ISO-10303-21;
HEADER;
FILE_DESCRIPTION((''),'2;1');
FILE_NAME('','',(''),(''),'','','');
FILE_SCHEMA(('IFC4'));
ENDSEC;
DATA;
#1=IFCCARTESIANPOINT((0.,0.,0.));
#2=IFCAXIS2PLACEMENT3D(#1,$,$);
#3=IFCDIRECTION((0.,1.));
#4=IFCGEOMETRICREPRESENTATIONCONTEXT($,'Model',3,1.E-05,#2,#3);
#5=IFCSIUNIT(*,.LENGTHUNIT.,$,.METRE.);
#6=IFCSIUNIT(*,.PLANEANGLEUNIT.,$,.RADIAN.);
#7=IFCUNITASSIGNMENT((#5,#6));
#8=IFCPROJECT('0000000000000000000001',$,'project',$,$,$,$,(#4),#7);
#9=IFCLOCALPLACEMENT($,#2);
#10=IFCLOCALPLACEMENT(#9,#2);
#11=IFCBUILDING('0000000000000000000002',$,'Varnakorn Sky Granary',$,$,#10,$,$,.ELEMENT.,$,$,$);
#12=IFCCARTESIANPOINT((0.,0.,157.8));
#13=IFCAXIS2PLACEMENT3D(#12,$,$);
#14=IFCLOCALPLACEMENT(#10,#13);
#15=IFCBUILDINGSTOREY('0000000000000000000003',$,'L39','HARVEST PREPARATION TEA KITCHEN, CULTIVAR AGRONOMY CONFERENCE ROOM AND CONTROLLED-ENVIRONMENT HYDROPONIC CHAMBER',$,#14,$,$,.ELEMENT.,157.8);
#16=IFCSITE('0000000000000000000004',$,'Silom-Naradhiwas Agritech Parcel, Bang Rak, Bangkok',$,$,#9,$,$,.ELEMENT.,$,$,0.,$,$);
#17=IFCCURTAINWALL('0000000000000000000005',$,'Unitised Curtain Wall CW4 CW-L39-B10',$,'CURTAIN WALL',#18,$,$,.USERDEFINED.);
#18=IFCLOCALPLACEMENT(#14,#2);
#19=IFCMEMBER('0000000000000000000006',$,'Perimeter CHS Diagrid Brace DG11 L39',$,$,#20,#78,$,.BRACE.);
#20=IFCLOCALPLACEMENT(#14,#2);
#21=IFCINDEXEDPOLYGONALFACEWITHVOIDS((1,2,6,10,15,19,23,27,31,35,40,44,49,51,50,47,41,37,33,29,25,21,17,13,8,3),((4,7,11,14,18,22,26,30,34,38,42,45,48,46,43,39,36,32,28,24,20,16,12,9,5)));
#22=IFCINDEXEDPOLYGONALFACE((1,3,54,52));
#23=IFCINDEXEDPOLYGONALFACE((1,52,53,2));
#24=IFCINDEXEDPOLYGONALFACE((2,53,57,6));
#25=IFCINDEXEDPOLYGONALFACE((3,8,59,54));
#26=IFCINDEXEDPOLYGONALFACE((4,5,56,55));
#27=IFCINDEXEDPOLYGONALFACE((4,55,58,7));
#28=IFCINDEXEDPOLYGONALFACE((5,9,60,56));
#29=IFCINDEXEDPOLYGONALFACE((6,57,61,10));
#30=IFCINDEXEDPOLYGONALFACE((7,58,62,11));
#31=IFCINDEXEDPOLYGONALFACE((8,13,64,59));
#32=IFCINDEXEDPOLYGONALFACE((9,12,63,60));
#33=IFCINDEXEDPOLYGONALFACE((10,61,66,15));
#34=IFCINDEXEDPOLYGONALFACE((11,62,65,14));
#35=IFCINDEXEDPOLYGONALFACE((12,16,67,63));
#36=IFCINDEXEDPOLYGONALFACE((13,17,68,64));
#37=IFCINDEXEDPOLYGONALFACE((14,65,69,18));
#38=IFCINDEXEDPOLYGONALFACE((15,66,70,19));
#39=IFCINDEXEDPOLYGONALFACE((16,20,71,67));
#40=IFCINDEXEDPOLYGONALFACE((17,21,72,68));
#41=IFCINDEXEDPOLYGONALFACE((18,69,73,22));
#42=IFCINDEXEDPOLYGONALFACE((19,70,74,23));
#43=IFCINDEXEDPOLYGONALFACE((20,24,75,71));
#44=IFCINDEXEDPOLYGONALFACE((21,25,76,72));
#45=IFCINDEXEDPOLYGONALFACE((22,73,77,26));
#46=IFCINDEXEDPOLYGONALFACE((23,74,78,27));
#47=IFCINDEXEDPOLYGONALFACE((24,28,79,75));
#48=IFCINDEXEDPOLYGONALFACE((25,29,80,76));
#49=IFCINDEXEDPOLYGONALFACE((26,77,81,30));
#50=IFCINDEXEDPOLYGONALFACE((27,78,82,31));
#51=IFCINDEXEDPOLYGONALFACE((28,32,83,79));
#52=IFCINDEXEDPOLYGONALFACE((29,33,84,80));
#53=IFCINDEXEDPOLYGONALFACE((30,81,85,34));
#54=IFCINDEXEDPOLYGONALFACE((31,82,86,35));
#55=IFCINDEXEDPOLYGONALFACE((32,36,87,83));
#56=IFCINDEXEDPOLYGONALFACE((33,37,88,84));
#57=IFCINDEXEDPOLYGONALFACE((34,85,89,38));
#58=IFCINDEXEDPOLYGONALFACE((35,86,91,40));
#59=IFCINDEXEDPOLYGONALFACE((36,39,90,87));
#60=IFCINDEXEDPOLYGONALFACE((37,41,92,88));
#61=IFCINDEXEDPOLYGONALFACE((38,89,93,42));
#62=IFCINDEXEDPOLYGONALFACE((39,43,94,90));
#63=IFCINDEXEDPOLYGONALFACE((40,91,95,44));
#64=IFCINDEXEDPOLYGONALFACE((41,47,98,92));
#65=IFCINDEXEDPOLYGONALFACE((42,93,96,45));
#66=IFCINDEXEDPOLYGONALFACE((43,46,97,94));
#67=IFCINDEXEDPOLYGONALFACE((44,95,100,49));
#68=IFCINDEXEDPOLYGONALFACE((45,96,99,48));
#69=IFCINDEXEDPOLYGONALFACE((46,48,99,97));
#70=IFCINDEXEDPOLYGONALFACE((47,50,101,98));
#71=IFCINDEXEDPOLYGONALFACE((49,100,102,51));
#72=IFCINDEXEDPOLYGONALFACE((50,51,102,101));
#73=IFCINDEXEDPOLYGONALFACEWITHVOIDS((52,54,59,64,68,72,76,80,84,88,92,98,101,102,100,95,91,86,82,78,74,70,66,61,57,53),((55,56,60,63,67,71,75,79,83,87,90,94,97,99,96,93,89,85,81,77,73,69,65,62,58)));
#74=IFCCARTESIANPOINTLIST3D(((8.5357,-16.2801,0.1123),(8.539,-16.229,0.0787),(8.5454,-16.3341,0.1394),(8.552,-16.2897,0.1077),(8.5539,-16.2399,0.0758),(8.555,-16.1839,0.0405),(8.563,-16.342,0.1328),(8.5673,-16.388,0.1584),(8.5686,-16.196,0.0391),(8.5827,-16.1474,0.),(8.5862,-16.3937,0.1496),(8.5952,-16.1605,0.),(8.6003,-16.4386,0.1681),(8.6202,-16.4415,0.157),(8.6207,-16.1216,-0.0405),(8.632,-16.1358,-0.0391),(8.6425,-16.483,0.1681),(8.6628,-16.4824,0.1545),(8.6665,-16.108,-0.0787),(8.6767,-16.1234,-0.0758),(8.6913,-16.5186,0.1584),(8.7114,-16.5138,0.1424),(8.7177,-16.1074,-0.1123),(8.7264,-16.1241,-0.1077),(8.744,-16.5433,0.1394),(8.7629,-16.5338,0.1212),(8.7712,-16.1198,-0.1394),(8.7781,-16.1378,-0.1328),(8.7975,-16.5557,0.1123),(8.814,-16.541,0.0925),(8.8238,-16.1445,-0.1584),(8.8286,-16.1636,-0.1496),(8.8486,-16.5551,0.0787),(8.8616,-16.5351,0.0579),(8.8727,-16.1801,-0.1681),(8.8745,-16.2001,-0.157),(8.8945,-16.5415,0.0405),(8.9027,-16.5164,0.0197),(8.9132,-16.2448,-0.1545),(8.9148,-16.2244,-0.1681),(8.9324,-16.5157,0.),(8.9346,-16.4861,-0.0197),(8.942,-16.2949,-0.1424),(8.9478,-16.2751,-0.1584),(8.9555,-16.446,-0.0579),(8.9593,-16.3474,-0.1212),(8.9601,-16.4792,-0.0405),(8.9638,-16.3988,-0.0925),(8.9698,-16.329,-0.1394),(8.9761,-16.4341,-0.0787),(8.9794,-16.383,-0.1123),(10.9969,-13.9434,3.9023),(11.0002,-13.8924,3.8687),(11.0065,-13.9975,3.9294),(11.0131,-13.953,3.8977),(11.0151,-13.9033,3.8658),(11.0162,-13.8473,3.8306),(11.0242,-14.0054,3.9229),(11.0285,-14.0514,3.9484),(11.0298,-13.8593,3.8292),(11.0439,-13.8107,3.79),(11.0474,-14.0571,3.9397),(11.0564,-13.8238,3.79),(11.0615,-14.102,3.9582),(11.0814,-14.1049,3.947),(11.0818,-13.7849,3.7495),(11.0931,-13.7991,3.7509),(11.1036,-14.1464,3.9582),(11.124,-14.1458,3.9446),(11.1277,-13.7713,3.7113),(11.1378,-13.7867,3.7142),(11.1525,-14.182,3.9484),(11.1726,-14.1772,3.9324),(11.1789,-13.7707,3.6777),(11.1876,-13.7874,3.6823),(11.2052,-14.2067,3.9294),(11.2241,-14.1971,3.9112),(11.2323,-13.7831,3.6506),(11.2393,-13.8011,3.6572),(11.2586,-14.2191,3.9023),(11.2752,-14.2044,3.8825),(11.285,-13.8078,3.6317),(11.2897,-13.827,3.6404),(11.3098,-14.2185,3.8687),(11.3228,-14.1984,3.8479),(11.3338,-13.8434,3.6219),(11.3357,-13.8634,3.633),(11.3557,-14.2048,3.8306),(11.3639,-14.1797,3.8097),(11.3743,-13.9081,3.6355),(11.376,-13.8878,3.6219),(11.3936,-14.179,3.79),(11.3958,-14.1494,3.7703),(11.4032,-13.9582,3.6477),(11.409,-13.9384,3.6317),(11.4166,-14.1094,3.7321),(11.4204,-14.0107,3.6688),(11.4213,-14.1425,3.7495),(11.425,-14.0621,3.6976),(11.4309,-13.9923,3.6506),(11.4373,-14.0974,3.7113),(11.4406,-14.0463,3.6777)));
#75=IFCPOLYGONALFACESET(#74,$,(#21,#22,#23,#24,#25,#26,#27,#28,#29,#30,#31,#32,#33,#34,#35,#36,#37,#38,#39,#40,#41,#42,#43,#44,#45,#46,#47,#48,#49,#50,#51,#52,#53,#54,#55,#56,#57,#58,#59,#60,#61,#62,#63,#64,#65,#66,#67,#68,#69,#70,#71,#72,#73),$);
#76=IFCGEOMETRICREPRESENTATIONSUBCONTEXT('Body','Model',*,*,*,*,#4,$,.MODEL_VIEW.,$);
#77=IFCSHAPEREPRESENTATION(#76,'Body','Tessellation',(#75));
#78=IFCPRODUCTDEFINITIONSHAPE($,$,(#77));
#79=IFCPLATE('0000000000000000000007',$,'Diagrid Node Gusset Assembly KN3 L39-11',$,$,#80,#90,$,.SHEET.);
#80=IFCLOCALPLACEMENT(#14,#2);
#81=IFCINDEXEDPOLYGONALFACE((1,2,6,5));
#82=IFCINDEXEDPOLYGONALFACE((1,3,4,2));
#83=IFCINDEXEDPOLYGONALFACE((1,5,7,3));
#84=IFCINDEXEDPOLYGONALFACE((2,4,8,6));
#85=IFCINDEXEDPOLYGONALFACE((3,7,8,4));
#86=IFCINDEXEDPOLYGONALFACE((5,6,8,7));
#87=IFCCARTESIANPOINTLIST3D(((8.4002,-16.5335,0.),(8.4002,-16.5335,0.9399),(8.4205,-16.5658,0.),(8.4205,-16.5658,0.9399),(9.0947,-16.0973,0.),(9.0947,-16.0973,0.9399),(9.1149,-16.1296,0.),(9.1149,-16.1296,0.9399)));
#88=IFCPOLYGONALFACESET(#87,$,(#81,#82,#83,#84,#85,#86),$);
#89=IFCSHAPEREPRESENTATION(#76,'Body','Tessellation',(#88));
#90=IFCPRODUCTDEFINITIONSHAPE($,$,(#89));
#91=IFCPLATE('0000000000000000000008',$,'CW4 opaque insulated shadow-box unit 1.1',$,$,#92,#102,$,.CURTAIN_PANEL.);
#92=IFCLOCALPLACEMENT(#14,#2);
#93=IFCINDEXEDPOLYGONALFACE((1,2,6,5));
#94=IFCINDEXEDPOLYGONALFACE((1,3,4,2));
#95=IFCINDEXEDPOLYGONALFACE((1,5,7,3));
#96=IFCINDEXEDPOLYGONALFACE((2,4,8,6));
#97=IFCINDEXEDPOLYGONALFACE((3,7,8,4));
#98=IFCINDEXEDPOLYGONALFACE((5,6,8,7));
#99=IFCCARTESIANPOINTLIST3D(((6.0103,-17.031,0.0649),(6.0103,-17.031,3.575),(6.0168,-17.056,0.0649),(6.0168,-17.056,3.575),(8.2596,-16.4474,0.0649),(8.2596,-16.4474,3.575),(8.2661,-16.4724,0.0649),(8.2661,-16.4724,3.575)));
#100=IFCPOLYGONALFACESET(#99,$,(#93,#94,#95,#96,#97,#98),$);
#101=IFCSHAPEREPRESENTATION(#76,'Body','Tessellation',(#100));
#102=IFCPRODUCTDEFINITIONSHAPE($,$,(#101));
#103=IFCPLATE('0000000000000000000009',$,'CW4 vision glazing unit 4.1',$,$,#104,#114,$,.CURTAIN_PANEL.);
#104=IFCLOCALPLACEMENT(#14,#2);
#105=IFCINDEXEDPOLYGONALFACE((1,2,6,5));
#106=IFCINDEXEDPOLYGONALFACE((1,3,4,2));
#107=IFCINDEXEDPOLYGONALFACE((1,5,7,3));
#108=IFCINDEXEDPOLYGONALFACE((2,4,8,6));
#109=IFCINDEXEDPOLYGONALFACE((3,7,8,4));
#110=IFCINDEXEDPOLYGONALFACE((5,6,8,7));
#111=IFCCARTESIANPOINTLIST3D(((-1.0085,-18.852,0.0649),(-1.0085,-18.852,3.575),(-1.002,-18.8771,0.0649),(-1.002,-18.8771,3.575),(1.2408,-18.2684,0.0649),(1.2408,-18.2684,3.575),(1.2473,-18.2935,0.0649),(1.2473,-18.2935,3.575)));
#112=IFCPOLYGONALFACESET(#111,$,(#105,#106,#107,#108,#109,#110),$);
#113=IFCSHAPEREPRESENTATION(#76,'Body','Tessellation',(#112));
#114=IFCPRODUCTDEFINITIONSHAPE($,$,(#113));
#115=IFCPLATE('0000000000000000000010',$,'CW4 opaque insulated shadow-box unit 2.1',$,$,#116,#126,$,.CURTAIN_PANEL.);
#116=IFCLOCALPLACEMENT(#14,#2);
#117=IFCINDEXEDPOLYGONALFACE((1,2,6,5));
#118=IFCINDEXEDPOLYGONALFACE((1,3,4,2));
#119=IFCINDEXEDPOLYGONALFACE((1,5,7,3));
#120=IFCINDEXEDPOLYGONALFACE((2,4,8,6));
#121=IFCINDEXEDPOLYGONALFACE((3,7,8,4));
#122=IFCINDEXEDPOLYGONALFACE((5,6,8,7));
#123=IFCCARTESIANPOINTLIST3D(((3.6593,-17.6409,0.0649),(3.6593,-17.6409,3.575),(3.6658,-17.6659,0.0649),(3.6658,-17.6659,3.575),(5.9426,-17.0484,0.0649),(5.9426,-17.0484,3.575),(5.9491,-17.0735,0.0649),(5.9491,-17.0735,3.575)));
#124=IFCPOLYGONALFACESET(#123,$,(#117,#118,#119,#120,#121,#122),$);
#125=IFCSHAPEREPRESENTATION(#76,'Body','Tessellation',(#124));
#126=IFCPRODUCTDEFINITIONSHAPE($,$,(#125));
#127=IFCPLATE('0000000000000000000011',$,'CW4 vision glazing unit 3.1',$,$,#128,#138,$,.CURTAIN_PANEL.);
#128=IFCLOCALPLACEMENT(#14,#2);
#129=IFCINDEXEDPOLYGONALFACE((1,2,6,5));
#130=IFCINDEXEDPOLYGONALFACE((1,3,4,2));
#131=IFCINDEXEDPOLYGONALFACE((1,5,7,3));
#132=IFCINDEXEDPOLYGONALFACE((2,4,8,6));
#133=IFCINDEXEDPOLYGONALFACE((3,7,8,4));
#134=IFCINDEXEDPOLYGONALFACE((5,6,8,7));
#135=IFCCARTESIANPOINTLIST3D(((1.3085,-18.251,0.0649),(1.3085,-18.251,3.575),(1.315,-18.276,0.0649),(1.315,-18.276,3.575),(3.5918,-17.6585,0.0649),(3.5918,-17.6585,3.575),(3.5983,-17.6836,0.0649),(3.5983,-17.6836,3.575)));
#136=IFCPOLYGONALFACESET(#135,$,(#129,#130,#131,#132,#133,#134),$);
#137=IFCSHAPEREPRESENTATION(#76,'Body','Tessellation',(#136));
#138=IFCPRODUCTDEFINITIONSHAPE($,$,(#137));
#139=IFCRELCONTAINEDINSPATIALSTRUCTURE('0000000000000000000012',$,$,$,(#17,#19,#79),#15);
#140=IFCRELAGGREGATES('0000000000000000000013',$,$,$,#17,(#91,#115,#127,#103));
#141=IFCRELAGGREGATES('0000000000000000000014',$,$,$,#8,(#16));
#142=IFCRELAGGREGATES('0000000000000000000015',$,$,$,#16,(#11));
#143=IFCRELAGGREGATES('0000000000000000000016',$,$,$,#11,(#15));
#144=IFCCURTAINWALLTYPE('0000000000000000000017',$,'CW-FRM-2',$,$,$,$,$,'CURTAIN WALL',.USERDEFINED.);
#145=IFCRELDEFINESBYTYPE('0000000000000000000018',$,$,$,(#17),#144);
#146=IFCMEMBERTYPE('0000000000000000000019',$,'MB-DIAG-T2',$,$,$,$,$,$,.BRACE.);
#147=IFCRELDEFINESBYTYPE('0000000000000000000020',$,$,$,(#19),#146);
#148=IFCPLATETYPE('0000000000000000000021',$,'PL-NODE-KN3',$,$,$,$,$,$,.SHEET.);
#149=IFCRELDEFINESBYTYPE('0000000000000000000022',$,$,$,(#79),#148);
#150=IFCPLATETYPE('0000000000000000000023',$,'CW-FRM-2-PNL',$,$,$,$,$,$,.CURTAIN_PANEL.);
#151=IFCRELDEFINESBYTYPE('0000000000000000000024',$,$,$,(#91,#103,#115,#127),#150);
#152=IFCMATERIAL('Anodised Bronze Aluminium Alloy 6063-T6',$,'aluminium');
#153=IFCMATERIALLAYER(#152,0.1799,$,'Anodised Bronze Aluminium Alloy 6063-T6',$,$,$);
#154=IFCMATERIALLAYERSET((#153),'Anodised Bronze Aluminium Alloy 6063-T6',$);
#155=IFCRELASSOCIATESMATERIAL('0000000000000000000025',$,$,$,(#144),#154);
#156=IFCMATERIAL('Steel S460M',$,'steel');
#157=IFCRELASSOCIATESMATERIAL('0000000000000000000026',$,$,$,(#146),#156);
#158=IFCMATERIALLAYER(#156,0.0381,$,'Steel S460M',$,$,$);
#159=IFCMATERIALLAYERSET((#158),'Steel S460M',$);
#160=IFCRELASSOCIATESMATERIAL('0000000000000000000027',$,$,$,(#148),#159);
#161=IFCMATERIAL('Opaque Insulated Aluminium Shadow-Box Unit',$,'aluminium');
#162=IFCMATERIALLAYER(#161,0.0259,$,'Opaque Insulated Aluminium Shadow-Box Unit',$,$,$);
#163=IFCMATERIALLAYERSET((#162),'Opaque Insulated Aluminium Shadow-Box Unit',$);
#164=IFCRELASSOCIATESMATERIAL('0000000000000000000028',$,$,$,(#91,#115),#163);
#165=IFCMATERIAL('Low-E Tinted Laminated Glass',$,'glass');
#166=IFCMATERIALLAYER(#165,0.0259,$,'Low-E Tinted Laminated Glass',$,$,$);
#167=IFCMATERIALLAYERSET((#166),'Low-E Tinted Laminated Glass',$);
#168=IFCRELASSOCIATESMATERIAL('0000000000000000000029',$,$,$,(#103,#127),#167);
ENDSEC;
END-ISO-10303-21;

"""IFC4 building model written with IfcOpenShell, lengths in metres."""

from ifc_helpers import new_model, si_unit, direction, frame, origin, origin_2d, place, context, subcontext, project, spatial, rectangle, hollow_circle, extrude, source, transform, mapped, material, layer, layer_set, material_profile, profile_set, type_object, type_shapes, element, aggregate, save


model = new_model("IFC4")

# Units and contexts
model_context = context("Model", 3, precision=1e-05, world=origin(), true_north=direction((0.0, 1.0)))
body_context = subcontext(model_context, "Body", "Model", "MODEL_VIEW")
ifc_project = project(units=[si_unit("LENGTHUNIT", "METRE"), si_unit("PLANEANGLEUNIT", "RADIAN")], contexts=[model_context])

# Site, building, storey
site_placement = place(None, origin())
site = spatial("IfcSite", under=ifc_project, at=site_placement, Name="Silom-Naradhiwas Agritech Parcel, Bang Rak, Bangkok", CompositionType="ELEMENT", RefElevation=0.0)
building_placement = place(site_placement, origin())
building = spatial("IfcBuilding", under=site, at=building_placement, Name="Varnakorn Sky Granary", CompositionType="ELEMENT")
storey_placement = place(building_placement, frame((0.0, 0.0, 157.8)))
storey = spatial("IfcBuildingStorey", under=building, at=storey_placement, Name="L39", Description="HARVEST PREPARATION TEA KITCHEN, CULTIVAR AGRONOMY CONFERENCE ROOM AND CONTROLLED-ENVIRONMENT HYDROPONIC CHAMBER", CompositionType="ELEMENT", Elevation=157.8)

# Shared definitions
ifc_material_1 = material(Name="Steel S460M", Category="steel")

# Curtain wall
ifc_material_2 = material(Name="Anodised Bronze Aluminium Alloy 6063-T6", Category="aluminium")
ifc_layer_1 = layer(ifc_material_2, 0.1799, Name="Anodised Bronze Aluminium Alloy 6063-T6")
ifc_layer_set_1 = layer_set([ifc_layer_1], Name="Anodised Bronze Aluminium Alloy 6063-T6")
curtain_wall_type = type_object("IfcCurtainWallType", Name="CW-FRM-2", ElementType="CURTAIN WALL", PredefinedType="USERDEFINED", material=ifc_layer_set_1)
curtain_wall_placement = place(storey_placement, origin())
curtain_wall = element("IfcCurtainWall", 1, at=curtain_wall_placement, inside=storey, type_object=curtain_wall_type, Name="Unitised Curtain Wall CW4 CW-L39-B10", ObjectType="CURTAIN WALL", PredefinedType="USERDEFINED")

# Member
ifc_material_profile_1 = material_profile(ifc_material_1, hollow_circle(Radius=0.2539, WallThickness=0.0181, at=origin_2d()), Name="CHS 508x18")
ifc_profile_set_1 = profile_set([ifc_material_profile_1], Name="Steel S460M")
member_type_1 = type_object("IfcMemberType", Name="MB-DIAG-T2", PredefinedType="BRACE", material=ifc_profile_set_1)
member_1_placement = place(storey_placement, frame((8.7576, -16.3315, 0.0), z_axis=(0.483778, 0.459304, 0.744983), x_axis=(-0.688524, 0.725213, 0.0)))
element("IfcMember", 2, at=member_1_placement, inside=storey, type_object=member_type_1, Name="Perimeter CHS Diagrid Brace DG11 L39", PredefinedType="BRACE", context=body_context, shape_type="SweptSolid", body=[
    extrude(hollow_circle(Radius=0.2539, WallThickness=0.0181, at=origin_2d()), origin(), (0.0, 0.0, 1.0), 5.0874),
])

# Plates
ifc_layer_2 = layer(ifc_material_1, 0.0381, Name="Steel S460M")
ifc_layer_set_2 = layer_set([ifc_layer_2], Name="Steel S460M")
plate_type_1 = type_object("IfcPlateType", Name="PL-NODE-KN3", PredefinedType="SHEET", material=ifc_layer_set_2)
plate_1_placement = place(storey_placement, frame((8.7576, -16.3315, 0.0), z_axis=(0.0, 0.0, 1.0), x_axis=(0.846824, 0.531874, 0.0)))
element("IfcPlate", 3, at=plate_1_placement, inside=storey, type_object=plate_type_1, Name="Diagrid Node Gusset Assembly KN3 L39-11", PredefinedType="SHEET", context=body_context, shape_type="SweptSolid", body=[
    extrude(rectangle(XDim=0.8201, YDim=0.0381, at=origin_2d()), origin(), (0.0, 0.0, 1.0), 0.9399),
])
ifc_material_3 = material(Name="Opaque Insulated Aluminium Shadow-Box Unit", Category="aluminium")
ifc_layer_3 = layer(ifc_material_3, 0.0259, Name="Opaque Insulated Aluminium Shadow-Box Unit")
ifc_layer_set_3 = layer_set([ifc_layer_3], Name="Opaque Insulated Aluminium Shadow-Box Unit")
plate_type_2 = type_object("IfcPlateType", Name="CW-FRM-2-PNL", PredefinedType="CURTAIN_PANEL")
shared_shape_1 = source(origin(), body_context, "Body", "SweptSolid", [
    extrude(rectangle(XDim=2.3237, YDim=0.0259, at=origin_2d()), origin(), (0.0, 0.0, 1.0), 3.51),
])
plate_2_placement = place(storey_placement, frame((7.1382, -16.7517, 0.0649), z_axis=(0.0, 0.0, 1.0), x_axis=(-0.967949, -0.251146, 0.0)))
plate_2 = element("IfcPlate", 4, at=plate_2_placement, type_object=plate_type_2, material=ifc_layer_set_3, Name="CW4 opaque insulated shadow-box unit 1.1", PredefinedType="CURTAIN_PANEL", context=body_context, shape_type="MappedRepresentation", body=[
    mapped(shared_shape_1, transform((0.0, 0.0, 0.0), x_axis=(1.0, 0.0, 0.0), y_axis=(0.0, 1.0, 0.0), z_axis=(0.0, 0.0, 1.0), scale=1.0)),
])
ifc_material_4 = material(Name="Low-E Tinted Laminated Glass", Category="glass")
ifc_layer_4 = layer(ifc_material_4, 0.0259, Name="Low-E Tinted Laminated Glass")
ifc_layer_set_4 = layer_set([ifc_layer_4], Name="Low-E Tinted Laminated Glass")
plate_3_placement = place(storey_placement, frame((0.1194, -18.5728, 0.0649), z_axis=(0.0, 0.0, 1.0), x_axis=(-0.967949, -0.251146, 0.0)))
plate_3 = element("IfcPlate", 5, at=plate_3_placement, type_object=plate_type_2, material=ifc_layer_set_4, Name="CW4 vision glazing unit 4.1", PredefinedType="CURTAIN_PANEL", context=body_context, shape_type="MappedRepresentation", body=[
    mapped(shared_shape_1, transform((0.0, 0.0, 0.0), x_axis=(1.0, 0.0, 0.0), y_axis=(0.0, 1.0, 0.0), z_axis=(0.0, 0.0, 1.0), scale=1.0)),
])
shared_shape_2 = source(origin(), body_context, "Body", "SweptSolid", [
    extrude(rectangle(XDim=2.3589, YDim=0.0259, at=origin_2d()), origin(), (0.0, 0.0, 1.0), 3.51),
])
type_shapes(plate_type_2, [shared_shape_1, shared_shape_2])
plate_4_placement = place(storey_placement, frame((4.8042, -17.3572, 0.0649), z_axis=(0.0, 0.0, 1.0), x_axis=(-0.967949, -0.251146, 0.0)))
plate_4 = element("IfcPlate", 6, at=plate_4_placement, type_object=plate_type_2, material=ifc_layer_set_3, Name="CW4 opaque insulated shadow-box unit 2.1", PredefinedType="CURTAIN_PANEL", context=body_context, shape_type="MappedRepresentation", body=[
    mapped(shared_shape_2, transform((0.0, 0.0, 0.0), x_axis=(1.0, 0.0, 0.0), y_axis=(0.0, 1.0, 0.0), z_axis=(0.0, 0.0, 1.0), scale=1.0)),
])
plate_5_placement = place(storey_placement, frame((2.4534, -17.9673, 0.0649), z_axis=(0.0, 0.0, 1.0), x_axis=(-0.967949, -0.251146, 0.0)))
plate_5 = element("IfcPlate", 7, at=plate_5_placement, type_object=plate_type_2, material=ifc_layer_set_4, Name="CW4 vision glazing unit 3.1", PredefinedType="CURTAIN_PANEL", context=body_context, shape_type="MappedRepresentation", body=[
    mapped(shared_shape_2, transform((0.0, 0.0, 0.0), x_axis=(1.0, 0.0, 0.0), y_axis=(0.0, 1.0, 0.0), z_axis=(0.0, 0.0, 1.0), scale=1.0)),
])
aggregate(curtain_wall, [plate_2, plate_4, plate_5, plate_3])

save(model, "model.ifc")
